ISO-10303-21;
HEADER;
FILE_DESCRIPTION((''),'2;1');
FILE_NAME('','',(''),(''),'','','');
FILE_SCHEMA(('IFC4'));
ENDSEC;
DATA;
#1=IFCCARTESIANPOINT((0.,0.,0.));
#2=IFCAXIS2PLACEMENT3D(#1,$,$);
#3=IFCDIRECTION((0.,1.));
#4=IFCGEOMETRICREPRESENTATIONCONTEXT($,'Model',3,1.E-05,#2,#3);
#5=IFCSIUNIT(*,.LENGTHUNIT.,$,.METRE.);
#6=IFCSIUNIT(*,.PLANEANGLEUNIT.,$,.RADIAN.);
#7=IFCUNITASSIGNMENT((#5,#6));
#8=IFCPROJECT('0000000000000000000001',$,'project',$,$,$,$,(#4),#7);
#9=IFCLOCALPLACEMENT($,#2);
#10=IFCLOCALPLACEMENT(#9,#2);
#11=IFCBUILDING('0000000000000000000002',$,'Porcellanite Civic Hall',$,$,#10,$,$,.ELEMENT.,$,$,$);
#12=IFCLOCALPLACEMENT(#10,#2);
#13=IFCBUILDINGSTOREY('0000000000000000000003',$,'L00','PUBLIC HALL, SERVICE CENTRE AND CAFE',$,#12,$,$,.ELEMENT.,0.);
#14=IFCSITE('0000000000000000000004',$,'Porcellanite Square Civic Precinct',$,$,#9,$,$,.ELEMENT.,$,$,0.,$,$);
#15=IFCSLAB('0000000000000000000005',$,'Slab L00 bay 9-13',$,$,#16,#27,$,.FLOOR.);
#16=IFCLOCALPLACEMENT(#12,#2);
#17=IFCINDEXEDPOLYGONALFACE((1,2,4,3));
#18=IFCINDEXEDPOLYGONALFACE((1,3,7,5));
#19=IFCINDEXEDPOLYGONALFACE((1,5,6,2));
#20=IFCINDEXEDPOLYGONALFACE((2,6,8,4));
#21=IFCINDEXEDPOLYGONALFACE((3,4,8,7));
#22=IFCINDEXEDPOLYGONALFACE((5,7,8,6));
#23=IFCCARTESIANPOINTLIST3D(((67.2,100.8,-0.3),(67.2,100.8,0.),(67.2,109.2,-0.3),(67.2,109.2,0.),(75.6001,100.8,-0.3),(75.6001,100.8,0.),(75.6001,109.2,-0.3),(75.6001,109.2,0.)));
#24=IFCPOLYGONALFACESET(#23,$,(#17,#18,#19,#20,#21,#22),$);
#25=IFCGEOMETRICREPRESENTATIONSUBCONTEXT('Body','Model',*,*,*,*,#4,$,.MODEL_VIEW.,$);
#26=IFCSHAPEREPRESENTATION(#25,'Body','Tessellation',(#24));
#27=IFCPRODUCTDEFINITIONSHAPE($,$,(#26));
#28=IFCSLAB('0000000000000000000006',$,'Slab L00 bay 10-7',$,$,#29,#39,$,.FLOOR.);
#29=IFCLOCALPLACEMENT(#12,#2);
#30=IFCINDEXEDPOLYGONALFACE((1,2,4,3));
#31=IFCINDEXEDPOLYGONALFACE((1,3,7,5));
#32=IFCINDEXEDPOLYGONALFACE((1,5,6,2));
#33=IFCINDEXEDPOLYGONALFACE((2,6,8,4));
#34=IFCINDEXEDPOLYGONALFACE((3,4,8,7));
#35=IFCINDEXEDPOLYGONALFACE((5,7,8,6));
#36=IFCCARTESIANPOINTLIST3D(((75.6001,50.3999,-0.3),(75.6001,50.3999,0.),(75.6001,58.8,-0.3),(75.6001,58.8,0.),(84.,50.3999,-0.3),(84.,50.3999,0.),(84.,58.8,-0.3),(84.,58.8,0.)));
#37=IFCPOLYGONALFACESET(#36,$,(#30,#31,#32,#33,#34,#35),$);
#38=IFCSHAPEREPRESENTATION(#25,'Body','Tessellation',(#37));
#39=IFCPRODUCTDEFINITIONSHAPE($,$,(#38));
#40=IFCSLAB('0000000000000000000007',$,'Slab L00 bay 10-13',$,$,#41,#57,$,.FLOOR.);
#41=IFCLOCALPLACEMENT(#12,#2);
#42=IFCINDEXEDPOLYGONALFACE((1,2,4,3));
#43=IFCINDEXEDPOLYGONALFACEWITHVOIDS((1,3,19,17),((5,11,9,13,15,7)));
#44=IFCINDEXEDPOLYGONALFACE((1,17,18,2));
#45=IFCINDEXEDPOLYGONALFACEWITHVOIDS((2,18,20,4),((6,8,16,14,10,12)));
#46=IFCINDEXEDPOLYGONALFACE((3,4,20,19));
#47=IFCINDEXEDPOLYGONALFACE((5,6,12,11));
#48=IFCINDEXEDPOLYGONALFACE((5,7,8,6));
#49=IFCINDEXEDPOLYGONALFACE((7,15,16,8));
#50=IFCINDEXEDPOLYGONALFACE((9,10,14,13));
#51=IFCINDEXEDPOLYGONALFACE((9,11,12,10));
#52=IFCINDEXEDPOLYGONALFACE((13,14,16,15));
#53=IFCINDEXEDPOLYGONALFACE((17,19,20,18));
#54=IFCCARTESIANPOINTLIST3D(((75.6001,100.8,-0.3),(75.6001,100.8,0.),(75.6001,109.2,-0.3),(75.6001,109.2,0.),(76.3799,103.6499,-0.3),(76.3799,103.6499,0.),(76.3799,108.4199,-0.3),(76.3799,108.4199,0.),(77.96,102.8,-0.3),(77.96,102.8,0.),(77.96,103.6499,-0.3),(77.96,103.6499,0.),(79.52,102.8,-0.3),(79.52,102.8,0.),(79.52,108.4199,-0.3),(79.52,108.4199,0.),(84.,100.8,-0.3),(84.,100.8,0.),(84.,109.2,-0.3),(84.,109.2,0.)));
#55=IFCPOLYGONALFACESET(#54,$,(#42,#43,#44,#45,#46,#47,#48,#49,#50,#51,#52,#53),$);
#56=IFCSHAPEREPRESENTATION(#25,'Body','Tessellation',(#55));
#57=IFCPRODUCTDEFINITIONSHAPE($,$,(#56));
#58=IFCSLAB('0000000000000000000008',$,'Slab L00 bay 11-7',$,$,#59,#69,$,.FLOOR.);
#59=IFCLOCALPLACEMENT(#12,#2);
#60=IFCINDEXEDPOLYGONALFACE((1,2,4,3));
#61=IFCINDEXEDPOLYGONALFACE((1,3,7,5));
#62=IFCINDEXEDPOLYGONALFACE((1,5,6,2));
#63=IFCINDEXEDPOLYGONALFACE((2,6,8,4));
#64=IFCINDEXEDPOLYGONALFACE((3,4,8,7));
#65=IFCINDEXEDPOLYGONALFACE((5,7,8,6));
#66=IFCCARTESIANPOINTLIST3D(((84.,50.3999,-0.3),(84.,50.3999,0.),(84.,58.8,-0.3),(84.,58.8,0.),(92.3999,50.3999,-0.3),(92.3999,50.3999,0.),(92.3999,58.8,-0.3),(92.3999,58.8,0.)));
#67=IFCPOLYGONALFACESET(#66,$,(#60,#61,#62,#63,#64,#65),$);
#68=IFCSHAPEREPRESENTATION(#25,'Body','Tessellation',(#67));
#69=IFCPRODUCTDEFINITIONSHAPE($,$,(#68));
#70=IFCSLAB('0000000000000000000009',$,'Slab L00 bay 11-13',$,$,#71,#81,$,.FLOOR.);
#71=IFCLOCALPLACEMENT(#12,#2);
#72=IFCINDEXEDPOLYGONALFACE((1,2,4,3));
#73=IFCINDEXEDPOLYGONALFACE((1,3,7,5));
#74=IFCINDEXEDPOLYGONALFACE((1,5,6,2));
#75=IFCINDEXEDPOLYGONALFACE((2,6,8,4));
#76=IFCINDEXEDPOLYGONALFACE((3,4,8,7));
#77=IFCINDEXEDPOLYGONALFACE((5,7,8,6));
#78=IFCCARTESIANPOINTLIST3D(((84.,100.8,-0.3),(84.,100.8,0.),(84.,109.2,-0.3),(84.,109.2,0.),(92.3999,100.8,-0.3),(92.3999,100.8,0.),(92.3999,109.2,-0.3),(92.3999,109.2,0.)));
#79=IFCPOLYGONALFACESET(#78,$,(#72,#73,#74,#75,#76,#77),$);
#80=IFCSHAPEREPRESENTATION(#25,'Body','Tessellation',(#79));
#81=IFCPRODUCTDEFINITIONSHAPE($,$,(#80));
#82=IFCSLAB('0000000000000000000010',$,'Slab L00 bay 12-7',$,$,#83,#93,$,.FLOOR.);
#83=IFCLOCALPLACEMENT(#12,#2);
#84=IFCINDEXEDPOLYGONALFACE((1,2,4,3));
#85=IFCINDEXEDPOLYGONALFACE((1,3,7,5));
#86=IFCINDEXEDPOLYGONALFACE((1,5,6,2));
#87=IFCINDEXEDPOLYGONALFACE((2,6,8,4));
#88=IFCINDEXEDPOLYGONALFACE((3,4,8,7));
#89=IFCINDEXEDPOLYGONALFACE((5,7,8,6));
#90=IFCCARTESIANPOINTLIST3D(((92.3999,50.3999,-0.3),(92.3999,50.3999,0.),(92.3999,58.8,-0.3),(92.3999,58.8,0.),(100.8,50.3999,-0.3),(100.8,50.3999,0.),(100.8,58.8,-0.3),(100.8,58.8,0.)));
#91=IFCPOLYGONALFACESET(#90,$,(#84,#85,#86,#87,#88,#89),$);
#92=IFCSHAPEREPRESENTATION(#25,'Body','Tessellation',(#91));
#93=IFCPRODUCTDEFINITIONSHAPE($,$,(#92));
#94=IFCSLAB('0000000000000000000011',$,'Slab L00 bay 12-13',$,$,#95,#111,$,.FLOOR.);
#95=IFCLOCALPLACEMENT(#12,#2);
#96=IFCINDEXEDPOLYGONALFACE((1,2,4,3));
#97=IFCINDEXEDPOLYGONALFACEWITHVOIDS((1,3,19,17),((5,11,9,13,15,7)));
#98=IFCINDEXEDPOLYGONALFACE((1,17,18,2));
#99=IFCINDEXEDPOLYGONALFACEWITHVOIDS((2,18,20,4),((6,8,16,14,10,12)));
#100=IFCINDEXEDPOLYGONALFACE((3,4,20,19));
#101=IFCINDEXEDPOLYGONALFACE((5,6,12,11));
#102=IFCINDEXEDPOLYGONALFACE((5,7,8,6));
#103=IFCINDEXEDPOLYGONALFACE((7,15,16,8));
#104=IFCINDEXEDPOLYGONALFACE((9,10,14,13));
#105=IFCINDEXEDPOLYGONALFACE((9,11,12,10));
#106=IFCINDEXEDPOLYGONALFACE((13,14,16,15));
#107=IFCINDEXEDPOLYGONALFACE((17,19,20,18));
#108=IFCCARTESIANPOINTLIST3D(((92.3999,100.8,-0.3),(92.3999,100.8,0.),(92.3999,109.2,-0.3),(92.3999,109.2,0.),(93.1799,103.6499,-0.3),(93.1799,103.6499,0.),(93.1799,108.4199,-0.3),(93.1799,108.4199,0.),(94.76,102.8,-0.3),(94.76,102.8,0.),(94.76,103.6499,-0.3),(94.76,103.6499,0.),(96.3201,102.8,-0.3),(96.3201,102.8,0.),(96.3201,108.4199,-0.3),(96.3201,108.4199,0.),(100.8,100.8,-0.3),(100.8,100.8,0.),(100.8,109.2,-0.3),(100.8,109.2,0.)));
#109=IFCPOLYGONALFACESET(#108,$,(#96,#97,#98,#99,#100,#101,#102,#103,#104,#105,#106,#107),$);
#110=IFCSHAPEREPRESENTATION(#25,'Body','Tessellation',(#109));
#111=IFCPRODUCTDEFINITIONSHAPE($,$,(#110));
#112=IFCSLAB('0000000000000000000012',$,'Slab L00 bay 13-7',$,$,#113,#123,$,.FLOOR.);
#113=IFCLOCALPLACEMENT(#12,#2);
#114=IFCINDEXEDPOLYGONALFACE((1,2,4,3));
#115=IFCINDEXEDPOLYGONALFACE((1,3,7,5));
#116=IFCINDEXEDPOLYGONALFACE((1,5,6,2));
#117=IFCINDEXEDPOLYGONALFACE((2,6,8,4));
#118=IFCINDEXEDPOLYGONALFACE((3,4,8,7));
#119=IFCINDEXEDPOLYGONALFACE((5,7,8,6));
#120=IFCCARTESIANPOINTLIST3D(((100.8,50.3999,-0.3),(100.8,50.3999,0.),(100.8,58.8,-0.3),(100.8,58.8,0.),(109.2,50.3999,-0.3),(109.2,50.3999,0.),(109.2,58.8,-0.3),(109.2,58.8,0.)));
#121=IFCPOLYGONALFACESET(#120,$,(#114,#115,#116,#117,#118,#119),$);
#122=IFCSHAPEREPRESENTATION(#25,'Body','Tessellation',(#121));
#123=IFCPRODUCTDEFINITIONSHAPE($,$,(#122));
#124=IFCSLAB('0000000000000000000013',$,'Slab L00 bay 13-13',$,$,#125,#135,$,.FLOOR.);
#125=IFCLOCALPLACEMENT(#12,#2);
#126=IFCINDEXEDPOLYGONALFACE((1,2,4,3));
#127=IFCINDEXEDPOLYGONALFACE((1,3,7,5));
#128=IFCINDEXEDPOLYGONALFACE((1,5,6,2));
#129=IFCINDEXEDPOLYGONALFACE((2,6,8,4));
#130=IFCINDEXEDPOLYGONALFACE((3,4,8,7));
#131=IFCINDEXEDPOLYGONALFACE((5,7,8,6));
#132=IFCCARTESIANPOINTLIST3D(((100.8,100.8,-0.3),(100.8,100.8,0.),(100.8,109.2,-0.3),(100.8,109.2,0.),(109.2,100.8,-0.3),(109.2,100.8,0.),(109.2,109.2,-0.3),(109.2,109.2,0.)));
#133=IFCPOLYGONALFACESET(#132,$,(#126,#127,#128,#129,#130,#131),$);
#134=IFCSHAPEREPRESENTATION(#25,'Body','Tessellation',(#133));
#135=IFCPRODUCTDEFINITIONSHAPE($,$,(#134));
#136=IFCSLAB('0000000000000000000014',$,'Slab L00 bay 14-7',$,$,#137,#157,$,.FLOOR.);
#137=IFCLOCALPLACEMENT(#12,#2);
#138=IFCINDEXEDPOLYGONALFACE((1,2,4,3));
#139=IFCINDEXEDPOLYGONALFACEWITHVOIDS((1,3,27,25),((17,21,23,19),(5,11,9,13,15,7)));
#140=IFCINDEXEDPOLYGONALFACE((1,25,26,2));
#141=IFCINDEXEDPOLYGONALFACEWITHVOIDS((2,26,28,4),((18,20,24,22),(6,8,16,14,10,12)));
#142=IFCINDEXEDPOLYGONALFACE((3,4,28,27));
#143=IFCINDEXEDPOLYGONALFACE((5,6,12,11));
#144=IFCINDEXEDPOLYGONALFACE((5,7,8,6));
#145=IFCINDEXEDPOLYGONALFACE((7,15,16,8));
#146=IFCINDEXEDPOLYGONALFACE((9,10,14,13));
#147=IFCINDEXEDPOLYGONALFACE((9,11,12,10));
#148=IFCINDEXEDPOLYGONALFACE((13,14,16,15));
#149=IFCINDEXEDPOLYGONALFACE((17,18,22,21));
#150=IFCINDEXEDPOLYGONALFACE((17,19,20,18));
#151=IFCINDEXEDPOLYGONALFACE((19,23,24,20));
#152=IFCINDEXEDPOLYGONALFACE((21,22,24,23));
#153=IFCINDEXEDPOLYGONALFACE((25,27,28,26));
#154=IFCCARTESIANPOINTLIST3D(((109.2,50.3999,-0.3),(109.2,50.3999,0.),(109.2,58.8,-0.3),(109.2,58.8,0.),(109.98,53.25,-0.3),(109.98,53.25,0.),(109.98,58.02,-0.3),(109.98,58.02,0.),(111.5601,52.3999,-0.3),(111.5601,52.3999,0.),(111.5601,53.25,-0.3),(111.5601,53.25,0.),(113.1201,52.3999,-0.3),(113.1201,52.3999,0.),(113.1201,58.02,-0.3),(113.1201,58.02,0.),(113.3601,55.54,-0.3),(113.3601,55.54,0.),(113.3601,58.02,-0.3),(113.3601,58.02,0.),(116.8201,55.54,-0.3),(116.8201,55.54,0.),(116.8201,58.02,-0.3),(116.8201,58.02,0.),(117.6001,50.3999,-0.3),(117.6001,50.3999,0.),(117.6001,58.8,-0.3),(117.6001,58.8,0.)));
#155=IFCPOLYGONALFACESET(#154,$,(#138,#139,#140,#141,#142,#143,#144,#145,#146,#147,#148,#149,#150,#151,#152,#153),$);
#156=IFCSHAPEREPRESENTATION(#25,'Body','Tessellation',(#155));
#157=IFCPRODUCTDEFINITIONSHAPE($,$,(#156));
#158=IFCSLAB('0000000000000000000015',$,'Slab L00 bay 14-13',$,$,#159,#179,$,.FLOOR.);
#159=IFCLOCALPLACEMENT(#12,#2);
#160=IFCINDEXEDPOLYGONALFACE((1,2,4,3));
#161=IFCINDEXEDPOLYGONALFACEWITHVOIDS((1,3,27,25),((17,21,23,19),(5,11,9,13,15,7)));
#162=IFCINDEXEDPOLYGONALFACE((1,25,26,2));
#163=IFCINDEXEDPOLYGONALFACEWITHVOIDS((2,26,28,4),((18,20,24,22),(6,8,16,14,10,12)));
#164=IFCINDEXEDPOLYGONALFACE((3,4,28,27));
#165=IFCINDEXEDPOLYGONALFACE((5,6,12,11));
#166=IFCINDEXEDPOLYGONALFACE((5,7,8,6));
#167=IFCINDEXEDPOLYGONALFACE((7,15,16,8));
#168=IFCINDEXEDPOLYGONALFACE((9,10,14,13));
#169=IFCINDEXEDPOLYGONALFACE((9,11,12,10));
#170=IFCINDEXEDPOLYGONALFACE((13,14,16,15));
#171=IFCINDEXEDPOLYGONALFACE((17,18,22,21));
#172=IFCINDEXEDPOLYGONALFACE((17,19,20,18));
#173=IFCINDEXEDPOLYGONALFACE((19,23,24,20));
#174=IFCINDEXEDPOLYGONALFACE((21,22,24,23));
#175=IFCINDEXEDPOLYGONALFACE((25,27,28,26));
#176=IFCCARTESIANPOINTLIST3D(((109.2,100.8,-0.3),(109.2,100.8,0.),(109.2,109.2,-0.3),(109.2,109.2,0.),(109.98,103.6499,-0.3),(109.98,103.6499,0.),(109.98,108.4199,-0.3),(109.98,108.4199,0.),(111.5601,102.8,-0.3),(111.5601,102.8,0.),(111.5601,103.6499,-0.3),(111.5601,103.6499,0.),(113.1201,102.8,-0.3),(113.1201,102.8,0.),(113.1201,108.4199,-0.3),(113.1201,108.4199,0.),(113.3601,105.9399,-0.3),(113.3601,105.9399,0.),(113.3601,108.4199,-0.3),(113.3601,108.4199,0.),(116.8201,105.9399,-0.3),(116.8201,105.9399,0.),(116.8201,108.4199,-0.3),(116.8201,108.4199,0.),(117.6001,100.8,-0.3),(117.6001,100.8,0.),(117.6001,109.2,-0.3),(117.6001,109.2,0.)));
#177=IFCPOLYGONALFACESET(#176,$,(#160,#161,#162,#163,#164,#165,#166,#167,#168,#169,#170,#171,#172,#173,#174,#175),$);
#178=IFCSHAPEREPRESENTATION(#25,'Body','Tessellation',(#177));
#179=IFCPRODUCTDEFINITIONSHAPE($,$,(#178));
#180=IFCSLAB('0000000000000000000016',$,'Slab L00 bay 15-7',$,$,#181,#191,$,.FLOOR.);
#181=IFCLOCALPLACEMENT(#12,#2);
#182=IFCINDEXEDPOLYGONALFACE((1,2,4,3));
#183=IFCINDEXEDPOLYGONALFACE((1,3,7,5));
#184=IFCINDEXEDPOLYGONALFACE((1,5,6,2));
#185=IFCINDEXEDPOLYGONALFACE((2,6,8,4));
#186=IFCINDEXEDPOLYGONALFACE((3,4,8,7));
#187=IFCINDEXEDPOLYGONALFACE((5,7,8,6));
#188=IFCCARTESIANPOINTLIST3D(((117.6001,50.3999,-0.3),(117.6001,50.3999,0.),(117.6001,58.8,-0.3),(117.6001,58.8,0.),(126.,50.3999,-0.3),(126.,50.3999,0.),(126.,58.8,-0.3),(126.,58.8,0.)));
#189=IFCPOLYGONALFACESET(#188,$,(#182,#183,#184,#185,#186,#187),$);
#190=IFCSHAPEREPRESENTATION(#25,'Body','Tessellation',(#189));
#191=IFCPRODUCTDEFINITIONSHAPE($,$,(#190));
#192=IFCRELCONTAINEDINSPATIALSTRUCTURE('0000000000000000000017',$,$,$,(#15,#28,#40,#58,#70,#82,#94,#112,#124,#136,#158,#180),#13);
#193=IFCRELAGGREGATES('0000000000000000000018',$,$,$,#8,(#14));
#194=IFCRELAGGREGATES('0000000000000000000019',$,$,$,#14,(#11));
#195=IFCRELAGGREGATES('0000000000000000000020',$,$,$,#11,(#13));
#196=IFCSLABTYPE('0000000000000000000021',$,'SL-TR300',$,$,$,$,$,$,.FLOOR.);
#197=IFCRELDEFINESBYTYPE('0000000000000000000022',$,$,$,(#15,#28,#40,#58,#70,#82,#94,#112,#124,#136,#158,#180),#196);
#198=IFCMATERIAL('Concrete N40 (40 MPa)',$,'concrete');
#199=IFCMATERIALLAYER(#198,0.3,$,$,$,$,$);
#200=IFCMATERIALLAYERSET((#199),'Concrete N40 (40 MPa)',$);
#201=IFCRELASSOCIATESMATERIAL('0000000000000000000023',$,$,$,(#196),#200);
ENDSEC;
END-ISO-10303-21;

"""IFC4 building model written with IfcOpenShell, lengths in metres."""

from ifc_helpers import new_model, si_unit, direction, frame, origin, place, context, subcontext, project, spatial, polyline, outline, extrude, material, layer, layer_set, type_object, element, save


model = new_model("IFC4")

# Units and contexts
model_context = context("Model", 3, precision=1e-05, world=origin(), true_north=direction((0.0, 1.0)))
body_context = subcontext(model_context, "Body", "Model", "MODEL_VIEW")
ifc_project = project(units=[si_unit("LENGTHUNIT", "METRE"), si_unit("PLANEANGLEUNIT", "RADIAN")], contexts=[model_context])

# Site, building, storey
site_placement = place(None, origin())
site = spatial("IfcSite", under=ifc_project, at=site_placement, Name="Porcellanite Square Civic Precinct", CompositionType="ELEMENT", RefElevation=0.0)
building_placement = place(site_placement, origin())
building = spatial("IfcBuilding", under=site, at=building_placement, Name="Porcellanite Civic Hall", CompositionType="ELEMENT")
storey_placement = place(building_placement, origin())
storey = spatial("IfcBuildingStorey", under=building, at=storey_placement, Name="L00", Description="PUBLIC HALL, SERVICE CENTRE AND CAFE", CompositionType="ELEMENT", Elevation=0.0)

# Slabs
ifc_material = material(Name="Concrete N40 (40 MPa)", Category="concrete")
ifc_layer = layer(ifc_material, 0.3)
ifc_layer_set = layer_set([ifc_layer], Name="Concrete N40 (40 MPa)")
slab_type = type_object("IfcSlabType", Name="SL-TR300", PredefinedType="FLOOR", material=ifc_layer_set)
slab_1_placement = place(storey_placement, frame((0.0, 0.0, -0.3)))
element("IfcSlab", 1, at=slab_1_placement, inside=storey, type_object=slab_type, Name="Slab L00 bay 9-13", PredefinedType="FLOOR", context=body_context, shape_type="SweptSolid", body=[
    extrude(outline(polyline([(67.2, 100.8), (75.6001, 100.8), (75.6001, 109.2), (67.2, 109.2), (67.2, 100.8)])), origin(), (0.0, 0.0, 1.0), 0.3),
])
slab_2_placement = place(storey_placement, frame((0.0, 0.0, -0.3)))
element("IfcSlab", 2, at=slab_2_placement, inside=storey, type_object=slab_type, Name="Slab L00 bay 10-7", PredefinedType="FLOOR", context=body_context, shape_type="SweptSolid", body=[
    extrude(outline(polyline([(75.6001, 50.3999), (84.0, 50.3999), (84.0, 58.8), (75.6001, 58.8), (75.6001, 50.3999)])), origin(), (0.0, 0.0, 1.0), 0.3),
])
slab_3_placement = place(storey_placement, frame((0.0, 0.0, -0.3)))
element("IfcSlab", 3, at=slab_3_placement, inside=storey, type_object=slab_type, Name="Slab L00 bay 10-13", PredefinedType="FLOOR", context=body_context, shape_type="SweptSolid", body=[
    extrude(outline(polyline([(75.6001, 100.8), (84.0, 100.8), (84.0, 109.2), (75.6001, 109.2), (75.6001, 100.8)]), holes=[polyline([(76.3799, 103.6499), (77.96, 103.6499), (77.96, 102.8), (79.52, 102.8), (79.52, 108.4199), (76.3799, 108.4199), (76.3799, 103.6499)])]), origin(), (0.0, 0.0, 1.0), 0.3),
])
slab_4_placement = place(storey_placement, frame((0.0, 0.0, -0.3)))
element("IfcSlab", 4, at=slab_4_placement, inside=storey, type_object=slab_type, Name="Slab L00 bay 11-7", PredefinedType="FLOOR", context=body_context, shape_type="SweptSolid", body=[
    extrude(outline(polyline([(84.0, 50.3999), (92.3999, 50.3999), (92.3999, 58.8), (84.0, 58.8), (84.0, 50.3999)])), origin(), (0.0, 0.0, 1.0), 0.3),
])
slab_5_placement = place(storey_placement, frame((0.0, 0.0, -0.3)))
element("IfcSlab", 5, at=slab_5_placement, inside=storey, type_object=slab_type, Name="Slab L00 bay 11-13", PredefinedType="FLOOR", context=body_context, shape_type="SweptSolid", body=[
    extrude(outline(polyline([(84.0, 100.8), (92.3999, 100.8), (92.3999, 109.2), (84.0, 109.2), (84.0, 100.8)])), origin(), (0.0, 0.0, 1.0), 0.3),
])
slab_6_placement = place(storey_placement, frame((0.0, 0.0, -0.3)))
element("IfcSlab", 6, at=slab_6_placement, inside=storey, type_object=slab_type, Name="Slab L00 bay 12-7", PredefinedType="FLOOR", context=body_context, shape_type="SweptSolid", body=[
    extrude(outline(polyline([(92.3999, 50.3999), (100.8, 50.3999), (100.8, 58.8), (92.3999, 58.8), (92.3999, 50.3999)])), origin(), (0.0, 0.0, 1.0), 0.3),
])
slab_7_placement = place(storey_placement, frame((0.0, 0.0, -0.3)))
element("IfcSlab", 7, at=slab_7_placement, inside=storey, type_object=slab_type, Name="Slab L00 bay 12-13", PredefinedType="FLOOR", context=body_context, shape_type="SweptSolid", body=[
    extrude(outline(polyline([(92.3999, 100.8), (100.8, 100.8), (100.8, 109.2), (92.3999, 109.2), (92.3999, 100.8)]), holes=[polyline([(93.1799, 103.6499), (94.76, 103.6499), (94.76, 102.8), (96.3201, 102.8), (96.3201, 108.4199), (93.1799, 108.4199), (93.1799, 103.6499)])]), origin(), (0.0, 0.0, 1.0), 0.3),
])
slab_8_placement = place(storey_placement, frame((0.0, 0.0, -0.3)))
element("IfcSlab", 8, at=slab_8_placement, inside=storey, type_object=slab_type, Name="Slab L00 bay 13-7", PredefinedType="FLOOR", context=body_context, shape_type="SweptSolid", body=[
    extrude(outline(polyline([(100.8, 50.3999), (109.2, 50.3999), (109.2, 58.8), (100.8, 58.8), (100.8, 50.3999)])), origin(), (0.0, 0.0, 1.0), 0.3),
])
slab_9_placement = place(storey_placement, frame((0.0, 0.0, -0.3)))
element("IfcSlab", 9, at=slab_9_placement, inside=storey, type_object=slab_type, Name="Slab L00 bay 13-13", PredefinedType="FLOOR", context=body_context, shape_type="SweptSolid", body=[
    extrude(outline(polyline([(100.8, 100.8), (109.2, 100.8), (109.2, 109.2), (100.8, 109.2), (100.8, 100.8)])), origin(), (0.0, 0.0, 1.0), 0.3),
])
slab_10_placement = place(storey_placement, frame((0.0, 0.0, -0.3)))
element("IfcSlab", 10, at=slab_10_placement, inside=storey, type_object=slab_type, Name="Slab L00 bay 14-7", PredefinedType="FLOOR", context=body_context, shape_type="SweptSolid", body=[
    extrude(outline(polyline([(109.2, 50.3999), (117.6001, 50.3999), (117.6001, 58.8), (109.2, 58.8), (109.2, 50.3999)]), holes=[polyline([(109.98, 53.25), (111.5601, 53.25), (111.5601, 52.3999), (113.1201, 52.3999), (113.1201, 58.02), (109.98, 58.02), (109.98, 53.25)]), polyline([(113.3601, 55.54), (116.8201, 55.54), (116.8201, 58.02), (113.3601, 58.02), (113.3601, 55.54)])]), origin(), (0.0, 0.0, 1.0), 0.3),
])
slab_11_placement = place(storey_placement, frame((0.0, 0.0, -0.3)))
element("IfcSlab", 11, at=slab_11_placement, inside=storey, type_object=slab_type, Name="Slab L00 bay 14-13", PredefinedType="FLOOR", context=body_context, shape_type="SweptSolid", body=[
    extrude(outline(polyline([(109.2, 100.8), (117.6001, 100.8), (117.6001, 109.2), (109.2, 109.2), (109.2, 100.8)]), holes=[polyline([(109.98, 103.6499), (111.5601, 103.6499), (111.5601, 102.8), (113.1201, 102.8), (113.1201, 108.4199), (109.98, 108.4199), (109.98, 103.6499)]), polyline([(113.3601, 105.9399), (116.8201, 105.9399), (116.8201, 108.4199), (113.3601, 108.4199), (113.3601, 105.9399)])]), origin(), (0.0, 0.0, 1.0), 0.3),
])
slab_12_placement = place(storey_placement, frame((0.0, 0.0, -0.3)))
element("IfcSlab", 12, at=slab_12_placement, inside=storey, type_object=slab_type, Name="Slab L00 bay 15-7", PredefinedType="FLOOR", context=body_context, shape_type="SweptSolid", body=[
    extrude(outline(polyline([(117.6001, 50.3999), (126.0, 50.3999), (126.0, 58.8), (117.6001, 58.8), (117.6001, 50.3999)])), origin(), (0.0, 0.0, 1.0), 0.3),
])

save(model, "model.ifc")
